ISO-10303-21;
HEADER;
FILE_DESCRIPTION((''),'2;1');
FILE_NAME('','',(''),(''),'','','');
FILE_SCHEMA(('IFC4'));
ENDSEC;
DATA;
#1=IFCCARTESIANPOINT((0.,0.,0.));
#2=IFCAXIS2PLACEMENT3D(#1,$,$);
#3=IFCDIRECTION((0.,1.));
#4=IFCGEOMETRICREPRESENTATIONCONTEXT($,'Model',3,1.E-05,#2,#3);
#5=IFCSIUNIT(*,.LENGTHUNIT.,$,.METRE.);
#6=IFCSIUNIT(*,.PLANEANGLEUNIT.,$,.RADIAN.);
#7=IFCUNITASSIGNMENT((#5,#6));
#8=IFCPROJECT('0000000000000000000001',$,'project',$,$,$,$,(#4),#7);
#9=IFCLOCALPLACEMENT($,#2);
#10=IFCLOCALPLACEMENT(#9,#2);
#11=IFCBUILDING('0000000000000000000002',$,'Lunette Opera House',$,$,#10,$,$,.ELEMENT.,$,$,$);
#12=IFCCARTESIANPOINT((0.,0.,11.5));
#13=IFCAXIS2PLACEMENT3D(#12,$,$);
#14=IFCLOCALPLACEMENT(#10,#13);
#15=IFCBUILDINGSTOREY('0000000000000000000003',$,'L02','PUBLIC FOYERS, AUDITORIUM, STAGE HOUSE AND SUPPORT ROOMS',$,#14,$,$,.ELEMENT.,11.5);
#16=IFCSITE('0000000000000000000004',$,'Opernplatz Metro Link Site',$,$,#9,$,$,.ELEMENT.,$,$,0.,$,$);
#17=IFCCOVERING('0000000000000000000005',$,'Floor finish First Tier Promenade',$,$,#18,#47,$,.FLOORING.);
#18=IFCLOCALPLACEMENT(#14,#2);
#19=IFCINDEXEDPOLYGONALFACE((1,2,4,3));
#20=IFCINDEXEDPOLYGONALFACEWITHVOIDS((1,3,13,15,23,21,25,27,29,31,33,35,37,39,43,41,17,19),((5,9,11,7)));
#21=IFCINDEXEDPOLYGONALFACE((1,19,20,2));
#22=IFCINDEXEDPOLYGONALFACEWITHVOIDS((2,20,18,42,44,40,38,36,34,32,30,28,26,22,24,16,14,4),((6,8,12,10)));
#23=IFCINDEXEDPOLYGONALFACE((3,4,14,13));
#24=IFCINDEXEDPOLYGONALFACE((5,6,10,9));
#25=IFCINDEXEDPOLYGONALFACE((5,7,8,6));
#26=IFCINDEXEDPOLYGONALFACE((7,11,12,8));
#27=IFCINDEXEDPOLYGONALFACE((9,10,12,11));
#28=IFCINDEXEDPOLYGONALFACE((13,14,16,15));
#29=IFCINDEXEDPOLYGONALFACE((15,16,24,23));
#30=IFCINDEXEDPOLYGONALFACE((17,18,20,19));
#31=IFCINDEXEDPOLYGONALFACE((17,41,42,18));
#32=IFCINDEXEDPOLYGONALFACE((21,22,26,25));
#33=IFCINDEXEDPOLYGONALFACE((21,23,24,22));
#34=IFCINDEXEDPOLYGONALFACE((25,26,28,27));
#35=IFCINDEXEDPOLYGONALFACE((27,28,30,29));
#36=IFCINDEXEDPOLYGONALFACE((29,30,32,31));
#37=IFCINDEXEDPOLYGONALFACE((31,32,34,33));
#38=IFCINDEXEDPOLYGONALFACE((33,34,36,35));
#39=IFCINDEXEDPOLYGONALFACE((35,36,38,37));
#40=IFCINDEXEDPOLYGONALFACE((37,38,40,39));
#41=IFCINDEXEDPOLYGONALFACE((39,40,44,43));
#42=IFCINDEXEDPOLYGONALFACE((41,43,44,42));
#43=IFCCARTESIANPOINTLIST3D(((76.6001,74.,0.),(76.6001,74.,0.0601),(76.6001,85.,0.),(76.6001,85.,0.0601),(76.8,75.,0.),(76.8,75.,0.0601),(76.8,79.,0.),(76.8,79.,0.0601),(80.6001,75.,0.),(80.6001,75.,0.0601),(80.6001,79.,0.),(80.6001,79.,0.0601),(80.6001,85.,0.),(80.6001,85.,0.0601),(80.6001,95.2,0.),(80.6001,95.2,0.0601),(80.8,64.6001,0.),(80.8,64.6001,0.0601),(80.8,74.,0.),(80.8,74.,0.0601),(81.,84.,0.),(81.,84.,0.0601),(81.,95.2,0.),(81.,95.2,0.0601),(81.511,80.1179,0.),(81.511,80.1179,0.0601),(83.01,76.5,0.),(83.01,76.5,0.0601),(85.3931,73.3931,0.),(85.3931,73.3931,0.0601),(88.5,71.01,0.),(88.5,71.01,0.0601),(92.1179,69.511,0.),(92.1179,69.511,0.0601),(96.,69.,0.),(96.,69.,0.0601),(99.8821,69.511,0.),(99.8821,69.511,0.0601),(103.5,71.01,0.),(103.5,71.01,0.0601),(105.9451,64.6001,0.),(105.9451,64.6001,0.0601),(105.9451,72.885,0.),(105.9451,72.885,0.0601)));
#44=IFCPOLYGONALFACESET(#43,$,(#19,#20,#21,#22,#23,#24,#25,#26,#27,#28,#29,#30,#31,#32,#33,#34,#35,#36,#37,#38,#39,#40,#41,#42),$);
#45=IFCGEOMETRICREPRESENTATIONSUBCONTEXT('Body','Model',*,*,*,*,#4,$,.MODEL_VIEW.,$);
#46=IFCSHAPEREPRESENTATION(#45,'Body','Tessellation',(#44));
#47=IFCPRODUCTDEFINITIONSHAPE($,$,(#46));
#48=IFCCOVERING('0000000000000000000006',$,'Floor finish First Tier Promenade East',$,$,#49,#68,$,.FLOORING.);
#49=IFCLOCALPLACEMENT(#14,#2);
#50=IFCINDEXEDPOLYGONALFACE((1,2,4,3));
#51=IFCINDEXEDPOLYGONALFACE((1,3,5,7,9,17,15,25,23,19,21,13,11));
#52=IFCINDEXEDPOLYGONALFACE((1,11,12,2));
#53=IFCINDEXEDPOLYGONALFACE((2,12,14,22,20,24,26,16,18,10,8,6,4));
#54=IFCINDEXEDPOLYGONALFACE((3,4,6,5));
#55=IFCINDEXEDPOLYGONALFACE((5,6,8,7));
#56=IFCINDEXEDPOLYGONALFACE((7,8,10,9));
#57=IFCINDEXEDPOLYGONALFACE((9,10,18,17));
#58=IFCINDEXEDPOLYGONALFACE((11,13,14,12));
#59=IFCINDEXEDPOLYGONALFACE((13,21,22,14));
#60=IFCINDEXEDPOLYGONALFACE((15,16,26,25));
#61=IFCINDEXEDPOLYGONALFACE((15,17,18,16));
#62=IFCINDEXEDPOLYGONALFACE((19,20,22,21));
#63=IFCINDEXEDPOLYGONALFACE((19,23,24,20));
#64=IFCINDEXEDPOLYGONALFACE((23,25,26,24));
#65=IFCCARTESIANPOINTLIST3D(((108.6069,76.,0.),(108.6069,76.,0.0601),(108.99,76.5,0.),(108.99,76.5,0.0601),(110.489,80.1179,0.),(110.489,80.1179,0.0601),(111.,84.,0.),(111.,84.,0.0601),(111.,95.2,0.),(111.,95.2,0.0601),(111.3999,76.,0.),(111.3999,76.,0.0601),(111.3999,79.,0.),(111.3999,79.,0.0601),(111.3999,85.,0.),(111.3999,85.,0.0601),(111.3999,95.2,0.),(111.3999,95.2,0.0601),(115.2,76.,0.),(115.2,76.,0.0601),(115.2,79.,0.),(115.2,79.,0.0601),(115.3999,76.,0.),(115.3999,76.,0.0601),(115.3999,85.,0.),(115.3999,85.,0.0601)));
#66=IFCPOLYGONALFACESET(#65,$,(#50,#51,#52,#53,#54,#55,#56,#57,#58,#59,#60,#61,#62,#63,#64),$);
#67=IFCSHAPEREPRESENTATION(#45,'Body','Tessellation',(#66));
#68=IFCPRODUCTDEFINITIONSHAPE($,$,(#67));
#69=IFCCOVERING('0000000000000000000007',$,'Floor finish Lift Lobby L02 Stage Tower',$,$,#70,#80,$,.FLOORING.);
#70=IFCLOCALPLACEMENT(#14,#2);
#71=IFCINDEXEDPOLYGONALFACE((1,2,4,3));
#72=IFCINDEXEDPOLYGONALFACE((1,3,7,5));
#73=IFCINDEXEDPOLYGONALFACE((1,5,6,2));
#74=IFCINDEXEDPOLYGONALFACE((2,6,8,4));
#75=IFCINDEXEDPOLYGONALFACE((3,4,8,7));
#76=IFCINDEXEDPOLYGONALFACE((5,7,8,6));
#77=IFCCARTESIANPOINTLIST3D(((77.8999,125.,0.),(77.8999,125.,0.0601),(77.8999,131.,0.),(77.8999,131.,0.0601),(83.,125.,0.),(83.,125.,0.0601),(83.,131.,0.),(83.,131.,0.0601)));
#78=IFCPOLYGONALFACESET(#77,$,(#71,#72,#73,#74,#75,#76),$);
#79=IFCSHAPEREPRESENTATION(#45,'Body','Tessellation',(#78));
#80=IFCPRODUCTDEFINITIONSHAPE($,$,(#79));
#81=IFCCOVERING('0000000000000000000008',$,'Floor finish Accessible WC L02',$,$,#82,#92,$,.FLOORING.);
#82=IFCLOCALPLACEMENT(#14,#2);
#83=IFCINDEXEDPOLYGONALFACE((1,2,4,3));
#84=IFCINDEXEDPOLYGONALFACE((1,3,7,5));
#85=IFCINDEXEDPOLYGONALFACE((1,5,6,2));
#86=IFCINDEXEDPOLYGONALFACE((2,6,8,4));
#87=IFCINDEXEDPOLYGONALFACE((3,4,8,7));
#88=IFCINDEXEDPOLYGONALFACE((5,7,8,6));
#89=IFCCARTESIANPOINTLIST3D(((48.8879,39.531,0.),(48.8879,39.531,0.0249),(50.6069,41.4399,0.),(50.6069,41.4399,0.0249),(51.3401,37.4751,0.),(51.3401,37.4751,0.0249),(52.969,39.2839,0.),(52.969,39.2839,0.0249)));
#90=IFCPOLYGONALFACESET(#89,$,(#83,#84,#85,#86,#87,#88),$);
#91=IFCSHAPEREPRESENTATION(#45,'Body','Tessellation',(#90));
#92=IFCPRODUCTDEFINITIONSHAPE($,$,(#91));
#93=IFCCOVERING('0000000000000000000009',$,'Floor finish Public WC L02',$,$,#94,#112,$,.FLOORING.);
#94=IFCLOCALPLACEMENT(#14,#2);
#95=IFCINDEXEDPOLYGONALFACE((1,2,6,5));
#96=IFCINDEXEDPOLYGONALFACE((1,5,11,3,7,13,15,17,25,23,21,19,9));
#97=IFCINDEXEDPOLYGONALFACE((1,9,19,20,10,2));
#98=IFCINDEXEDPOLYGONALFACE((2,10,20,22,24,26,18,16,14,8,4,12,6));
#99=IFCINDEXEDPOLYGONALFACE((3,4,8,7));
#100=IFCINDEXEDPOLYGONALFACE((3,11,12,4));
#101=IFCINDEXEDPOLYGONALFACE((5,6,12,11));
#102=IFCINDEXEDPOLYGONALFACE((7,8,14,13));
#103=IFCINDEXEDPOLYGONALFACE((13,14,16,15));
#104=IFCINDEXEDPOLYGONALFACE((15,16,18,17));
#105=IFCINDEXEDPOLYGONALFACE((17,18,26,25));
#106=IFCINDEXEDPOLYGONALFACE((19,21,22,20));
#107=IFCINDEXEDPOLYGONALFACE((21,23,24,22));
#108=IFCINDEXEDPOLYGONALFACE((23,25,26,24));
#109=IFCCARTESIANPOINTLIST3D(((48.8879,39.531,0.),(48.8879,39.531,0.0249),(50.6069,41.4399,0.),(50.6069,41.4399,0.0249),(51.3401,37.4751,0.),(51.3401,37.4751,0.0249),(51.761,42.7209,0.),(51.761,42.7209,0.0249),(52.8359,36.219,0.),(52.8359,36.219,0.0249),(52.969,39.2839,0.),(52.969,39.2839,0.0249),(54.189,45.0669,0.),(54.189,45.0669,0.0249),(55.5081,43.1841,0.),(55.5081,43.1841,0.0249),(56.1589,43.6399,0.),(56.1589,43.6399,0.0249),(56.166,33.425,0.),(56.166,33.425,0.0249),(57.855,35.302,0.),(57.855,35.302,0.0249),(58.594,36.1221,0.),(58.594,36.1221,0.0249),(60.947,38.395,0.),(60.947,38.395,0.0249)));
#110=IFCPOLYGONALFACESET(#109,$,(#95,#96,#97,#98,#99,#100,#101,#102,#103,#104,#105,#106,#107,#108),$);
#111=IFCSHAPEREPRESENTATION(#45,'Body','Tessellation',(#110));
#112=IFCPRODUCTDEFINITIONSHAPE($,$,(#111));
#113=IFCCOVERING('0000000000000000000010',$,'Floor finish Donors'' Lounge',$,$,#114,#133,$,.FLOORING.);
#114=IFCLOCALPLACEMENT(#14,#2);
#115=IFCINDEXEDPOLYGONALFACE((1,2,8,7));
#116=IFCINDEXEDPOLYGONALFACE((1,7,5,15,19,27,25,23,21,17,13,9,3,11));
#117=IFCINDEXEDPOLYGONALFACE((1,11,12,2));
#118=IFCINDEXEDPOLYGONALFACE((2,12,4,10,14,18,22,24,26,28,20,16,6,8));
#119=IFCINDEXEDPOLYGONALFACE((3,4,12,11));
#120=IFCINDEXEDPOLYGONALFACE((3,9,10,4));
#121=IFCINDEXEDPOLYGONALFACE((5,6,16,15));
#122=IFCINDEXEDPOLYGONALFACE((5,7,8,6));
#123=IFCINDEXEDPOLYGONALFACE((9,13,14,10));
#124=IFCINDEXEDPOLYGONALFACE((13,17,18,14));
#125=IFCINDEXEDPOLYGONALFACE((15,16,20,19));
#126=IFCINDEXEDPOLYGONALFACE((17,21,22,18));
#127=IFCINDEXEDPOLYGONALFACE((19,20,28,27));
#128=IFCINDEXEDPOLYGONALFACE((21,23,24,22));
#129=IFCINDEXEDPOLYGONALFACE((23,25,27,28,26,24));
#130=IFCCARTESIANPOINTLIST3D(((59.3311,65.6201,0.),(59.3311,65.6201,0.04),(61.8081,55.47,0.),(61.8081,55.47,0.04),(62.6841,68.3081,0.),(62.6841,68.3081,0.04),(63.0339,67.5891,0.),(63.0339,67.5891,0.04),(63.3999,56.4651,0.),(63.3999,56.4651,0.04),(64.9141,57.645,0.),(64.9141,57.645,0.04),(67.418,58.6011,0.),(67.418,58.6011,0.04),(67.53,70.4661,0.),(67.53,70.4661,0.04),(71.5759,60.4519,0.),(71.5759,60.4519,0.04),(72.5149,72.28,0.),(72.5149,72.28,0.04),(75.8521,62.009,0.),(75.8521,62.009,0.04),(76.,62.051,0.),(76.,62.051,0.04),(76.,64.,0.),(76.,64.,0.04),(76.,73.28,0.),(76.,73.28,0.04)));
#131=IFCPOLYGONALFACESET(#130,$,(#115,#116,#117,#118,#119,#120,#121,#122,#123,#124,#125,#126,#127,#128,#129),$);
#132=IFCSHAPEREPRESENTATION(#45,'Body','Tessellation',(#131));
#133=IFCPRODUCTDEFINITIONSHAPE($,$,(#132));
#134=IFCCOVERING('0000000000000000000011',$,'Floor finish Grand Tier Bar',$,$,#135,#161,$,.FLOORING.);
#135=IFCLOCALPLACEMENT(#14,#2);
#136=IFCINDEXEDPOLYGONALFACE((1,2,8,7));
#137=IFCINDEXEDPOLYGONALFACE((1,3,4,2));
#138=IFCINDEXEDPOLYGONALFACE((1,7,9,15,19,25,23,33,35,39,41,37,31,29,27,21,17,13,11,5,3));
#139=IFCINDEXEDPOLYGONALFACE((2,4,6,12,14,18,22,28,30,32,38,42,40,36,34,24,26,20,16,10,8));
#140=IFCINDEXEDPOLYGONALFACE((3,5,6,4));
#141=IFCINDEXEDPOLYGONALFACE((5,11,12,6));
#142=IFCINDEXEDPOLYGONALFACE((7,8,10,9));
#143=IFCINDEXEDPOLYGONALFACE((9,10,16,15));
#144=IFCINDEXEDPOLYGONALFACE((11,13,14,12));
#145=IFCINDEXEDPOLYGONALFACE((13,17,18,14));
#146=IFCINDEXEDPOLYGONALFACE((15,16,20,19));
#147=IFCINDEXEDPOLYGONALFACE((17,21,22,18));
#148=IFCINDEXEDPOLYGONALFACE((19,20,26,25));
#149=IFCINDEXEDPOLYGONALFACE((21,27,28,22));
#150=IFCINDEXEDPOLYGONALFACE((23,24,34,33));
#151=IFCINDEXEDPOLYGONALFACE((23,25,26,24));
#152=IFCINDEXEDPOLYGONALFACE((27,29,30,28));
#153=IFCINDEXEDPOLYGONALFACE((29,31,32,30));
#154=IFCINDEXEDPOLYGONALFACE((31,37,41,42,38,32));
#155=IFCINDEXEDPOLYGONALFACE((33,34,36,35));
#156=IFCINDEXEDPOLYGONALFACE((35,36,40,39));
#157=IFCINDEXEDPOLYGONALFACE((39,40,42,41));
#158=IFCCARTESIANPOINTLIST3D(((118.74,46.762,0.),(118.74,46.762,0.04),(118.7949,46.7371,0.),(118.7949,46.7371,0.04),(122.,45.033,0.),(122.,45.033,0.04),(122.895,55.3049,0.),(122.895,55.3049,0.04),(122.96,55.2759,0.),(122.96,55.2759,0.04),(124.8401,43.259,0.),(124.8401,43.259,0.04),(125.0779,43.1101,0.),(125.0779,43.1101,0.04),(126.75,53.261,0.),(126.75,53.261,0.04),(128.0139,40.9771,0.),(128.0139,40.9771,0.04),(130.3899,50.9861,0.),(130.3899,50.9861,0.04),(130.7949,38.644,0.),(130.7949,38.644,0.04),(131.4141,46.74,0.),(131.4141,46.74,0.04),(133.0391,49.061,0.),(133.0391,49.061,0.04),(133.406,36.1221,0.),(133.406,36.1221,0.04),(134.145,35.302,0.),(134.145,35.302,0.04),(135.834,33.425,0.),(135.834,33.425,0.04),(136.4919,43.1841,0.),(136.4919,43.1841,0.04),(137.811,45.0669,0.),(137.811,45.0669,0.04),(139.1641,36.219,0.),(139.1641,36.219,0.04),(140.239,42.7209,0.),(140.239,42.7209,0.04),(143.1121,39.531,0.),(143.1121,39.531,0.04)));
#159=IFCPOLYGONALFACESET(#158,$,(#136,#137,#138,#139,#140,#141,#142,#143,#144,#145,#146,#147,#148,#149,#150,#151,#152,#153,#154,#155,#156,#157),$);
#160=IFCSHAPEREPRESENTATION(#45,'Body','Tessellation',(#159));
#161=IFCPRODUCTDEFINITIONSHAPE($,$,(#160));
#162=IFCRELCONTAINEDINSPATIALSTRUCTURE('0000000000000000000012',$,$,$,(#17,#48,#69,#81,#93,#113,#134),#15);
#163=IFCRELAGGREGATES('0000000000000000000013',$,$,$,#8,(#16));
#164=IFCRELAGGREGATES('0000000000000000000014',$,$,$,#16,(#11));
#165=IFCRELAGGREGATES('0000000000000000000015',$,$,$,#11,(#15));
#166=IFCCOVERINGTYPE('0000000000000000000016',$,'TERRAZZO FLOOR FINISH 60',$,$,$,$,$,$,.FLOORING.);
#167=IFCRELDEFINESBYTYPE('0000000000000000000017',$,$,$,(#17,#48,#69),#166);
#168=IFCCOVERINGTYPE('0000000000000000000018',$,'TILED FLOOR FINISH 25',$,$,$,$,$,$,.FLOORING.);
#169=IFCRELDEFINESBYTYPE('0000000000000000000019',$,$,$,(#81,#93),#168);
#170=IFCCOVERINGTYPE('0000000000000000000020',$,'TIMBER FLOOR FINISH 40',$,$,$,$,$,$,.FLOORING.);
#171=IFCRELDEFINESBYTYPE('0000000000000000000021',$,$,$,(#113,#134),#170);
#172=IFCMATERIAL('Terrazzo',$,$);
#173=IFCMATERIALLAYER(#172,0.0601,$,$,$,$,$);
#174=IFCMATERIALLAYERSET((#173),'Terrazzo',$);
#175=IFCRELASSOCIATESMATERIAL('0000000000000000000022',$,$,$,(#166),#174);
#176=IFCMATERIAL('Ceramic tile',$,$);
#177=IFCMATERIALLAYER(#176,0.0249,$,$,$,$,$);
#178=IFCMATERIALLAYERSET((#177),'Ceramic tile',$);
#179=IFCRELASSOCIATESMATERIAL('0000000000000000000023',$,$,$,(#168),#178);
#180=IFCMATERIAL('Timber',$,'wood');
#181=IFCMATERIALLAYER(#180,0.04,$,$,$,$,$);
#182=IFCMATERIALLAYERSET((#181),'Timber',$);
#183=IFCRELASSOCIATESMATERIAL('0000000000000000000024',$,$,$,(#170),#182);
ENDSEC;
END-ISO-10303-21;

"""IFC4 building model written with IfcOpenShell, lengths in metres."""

from ifc_helpers import new_model, si_unit, direction, frame, origin, place, context, subcontext, project, spatial, polyline, outline, extrude, material, layer, layer_set, type_object, element, save


model = new_model("IFC4")

# Units and contexts
model_context = context("Model", 3, precision=1e-05, world=origin(), true_north=direction((0.0, 1.0)))
body_context = subcontext(model_context, "Body", "Model", "MODEL_VIEW")
ifc_project = project(units=[si_unit("LENGTHUNIT", "METRE"), si_unit("PLANEANGLEUNIT", "RADIAN")], contexts=[model_context])

# Site, building, storey
site_placement = place(None, origin())
site = spatial("IfcSite", under=ifc_project, at=site_placement, Name="Opernplatz Metro Link Site", CompositionType="ELEMENT", RefElevation=0.0)
building_placement = place(site_placement, origin())
building = spatial("IfcBuilding", under=site, at=building_placement, Name="Lunette Opera House", CompositionType="ELEMENT")
storey_placement = place(building_placement, frame((0.0, 0.0, 11.5)))
storey = spatial("IfcBuildingStorey", under=building, at=storey_placement, Name="L02", Description="PUBLIC FOYERS, AUDITORIUM, STAGE HOUSE AND SUPPORT ROOMS", CompositionType="ELEMENT", Elevation=11.5)

# Coverings
ifc_material_1 = material(Name="Terrazzo")
ifc_layer_1 = layer(ifc_material_1, 0.0601)
ifc_layer_set_1 = layer_set([ifc_layer_1], Name="Terrazzo")
covering_type_1 = type_object("IfcCoveringType", Name="TERRAZZO FLOOR FINISH 60", PredefinedType="FLOORING", material=ifc_layer_set_1)
covering_1_placement = place(storey_placement, origin())
element("IfcCovering", 1, at=covering_1_placement, inside=storey, type_object=covering_type_1, Name="Floor finish First Tier Promenade", PredefinedType="FLOORING", context=body_context, shape_type="SweptSolid", body=[
    extrude(outline(polyline([(80.8, 74.0), (76.6001, 74.0), (76.6001, 85.0), (80.6001, 85.0), (80.6001, 95.2), (81.0, 95.2), (81.0, 84.0), (81.511, 80.1179), (83.01, 76.5), (85.3931, 73.3931), (88.5, 71.01), (92.1179, 69.511), (96.0, 69.0), (99.8821, 69.511), (103.5, 71.01), (105.9451, 72.885), (105.9451, 64.6001), (80.8, 64.6001), (80.8, 74.0)]), holes=[polyline([(80.6001, 79.0), (76.8, 79.0), (76.8, 75.0), (80.6001, 75.0), (80.6001, 79.0)])]), origin(), (0.0, 0.0, 1.0), 0.0601),
])
covering_2_placement = place(storey_placement, origin())
element("IfcCovering", 2, at=covering_2_placement, inside=storey, type_object=covering_type_1, Name="Floor finish First Tier Promenade East", PredefinedType="FLOORING", context=body_context, shape_type="SweptSolid", body=[
    extrude(outline(polyline([(110.489, 80.1179), (111.0, 84.0), (111.0, 95.2), (111.3999, 95.2), (111.3999, 85.0), (115.3999, 85.0), (115.3999, 76.0), (115.2, 76.0), (115.2, 79.0), (111.3999, 79.0), (111.3999, 76.0), (108.6069, 76.0), (108.99, 76.5), (110.489, 80.1179)])), origin(), (0.0, 0.0, 1.0), 0.0601),
])
covering_3_placement = place(storey_placement, origin())
element("IfcCovering", 3, at=covering_3_placement, inside=storey, type_object=covering_type_1, Name="Floor finish Lift Lobby L02 Stage Tower", PredefinedType="FLOORING", context=body_context, shape_type="SweptSolid", body=[
    extrude(outline(polyline([(83.0, 125.0), (83.0, 131.0), (77.8999, 131.0), (77.8999, 125.0), (83.0, 125.0)])), origin(), (0.0, 0.0, 1.0), 0.0601),
])
ifc_material_2 = material(Name="Ceramic tile")
ifc_layer_2 = layer(ifc_material_2, 0.0249)
ifc_layer_set_2 = layer_set([ifc_layer_2], Name="Ceramic tile")
covering_type_2 = type_object("IfcCoveringType", Name="TILED FLOOR FINISH 25", PredefinedType="FLOORING", material=ifc_layer_set_2)
covering_4_placement = place(storey_placement, origin())
element("IfcCovering", 4, at=covering_4_placement, inside=storey, type_object=covering_type_2, Name="Floor finish Accessible WC L02", PredefinedType="FLOORING", context=body_context, shape_type="SweptSolid", body=[
    extrude(outline(polyline([(51.3401, 37.4751), (48.8879, 39.531), (50.6069, 41.4399), (52.969, 39.2839), (51.3401, 37.4751)])), origin(), (0.0, 0.0, 1.0), 0.0249),
])
covering_5_placement = place(storey_placement, origin())
element("IfcCovering", 5, at=covering_5_placement, inside=storey, type_object=covering_type_2, Name="Floor finish Public WC L02", PredefinedType="FLOORING", context=body_context, shape_type="SweptSolid", body=[
    extrude(outline(polyline([(56.166, 33.425), (52.8359, 36.219), (48.8879, 39.531), (51.3401, 37.4751), (52.969, 39.2839), (50.6069, 41.4399), (51.761, 42.7209), (54.189, 45.0669), (55.5081, 43.1841), (56.1589, 43.6399), (60.947, 38.395), (58.594, 36.1221), (57.855, 35.302), (56.166, 33.425)])), origin(), (0.0, 0.0, 1.0), 0.0249),
])
ifc_material_3 = material(Name="Timber", Category="wood")
ifc_layer_3 = layer(ifc_material_3, 0.04)
ifc_layer_set_3 = layer_set([ifc_layer_3], Name="Timber")
covering_type_3 = type_object("IfcCoveringType", Name="TIMBER FLOOR FINISH 40", PredefinedType="FLOORING", material=ifc_layer_set_3)
covering_6_placement = place(storey_placement, origin())
element("IfcCovering", 6, at=covering_6_placement, inside=storey, type_object=covering_type_3, Name="Floor finish Donors' Lounge", PredefinedType="FLOORING", context=body_context, shape_type="SweptSolid", body=[
    extrude(outline(polyline([(62.6841, 68.3081), (67.53, 70.4661), (72.5149, 72.28), (76.0, 73.28), (76.0, 64.0), (76.0, 62.051), (75.8521, 62.009), (71.5759, 60.4519), (67.418, 58.6011), (63.3999, 56.4651), (61.8081, 55.47), (64.9141, 57.645), (59.3311, 65.6201), (63.0339, 67.5891), (62.6841, 68.3081)])), origin(), (0.0, 0.0, 1.0), 0.04),
])
covering_7_placement = place(storey_placement, origin())
element("IfcCovering", 7, at=covering_7_placement, inside=storey, type_object=covering_type_3, Name="Floor finish Grand Tier Bar", PredefinedType="FLOORING", context=body_context, shape_type="SweptSolid", body=[
    extrude(outline(polyline([(126.75, 53.261), (130.3899, 50.9861), (133.0391, 49.061), (131.4141, 46.74), (136.4919, 43.1841), (137.811, 45.0669), (140.239, 42.7209), (143.1121, 39.531), (139.1641, 36.219), (135.834, 33.425), (134.145, 35.302), (133.406, 36.1221), (130.7949, 38.644), (128.0139, 40.9771), (125.0779, 43.1101), (124.8401, 43.259), (122.0, 45.033), (118.7949, 46.7371), (118.74, 46.762), (122.895, 55.3049), (122.96, 55.2759), (126.75, 53.261)])), origin(), (0.0, 0.0, 1.0), 0.04),
])

save(model, "model.ifc")
